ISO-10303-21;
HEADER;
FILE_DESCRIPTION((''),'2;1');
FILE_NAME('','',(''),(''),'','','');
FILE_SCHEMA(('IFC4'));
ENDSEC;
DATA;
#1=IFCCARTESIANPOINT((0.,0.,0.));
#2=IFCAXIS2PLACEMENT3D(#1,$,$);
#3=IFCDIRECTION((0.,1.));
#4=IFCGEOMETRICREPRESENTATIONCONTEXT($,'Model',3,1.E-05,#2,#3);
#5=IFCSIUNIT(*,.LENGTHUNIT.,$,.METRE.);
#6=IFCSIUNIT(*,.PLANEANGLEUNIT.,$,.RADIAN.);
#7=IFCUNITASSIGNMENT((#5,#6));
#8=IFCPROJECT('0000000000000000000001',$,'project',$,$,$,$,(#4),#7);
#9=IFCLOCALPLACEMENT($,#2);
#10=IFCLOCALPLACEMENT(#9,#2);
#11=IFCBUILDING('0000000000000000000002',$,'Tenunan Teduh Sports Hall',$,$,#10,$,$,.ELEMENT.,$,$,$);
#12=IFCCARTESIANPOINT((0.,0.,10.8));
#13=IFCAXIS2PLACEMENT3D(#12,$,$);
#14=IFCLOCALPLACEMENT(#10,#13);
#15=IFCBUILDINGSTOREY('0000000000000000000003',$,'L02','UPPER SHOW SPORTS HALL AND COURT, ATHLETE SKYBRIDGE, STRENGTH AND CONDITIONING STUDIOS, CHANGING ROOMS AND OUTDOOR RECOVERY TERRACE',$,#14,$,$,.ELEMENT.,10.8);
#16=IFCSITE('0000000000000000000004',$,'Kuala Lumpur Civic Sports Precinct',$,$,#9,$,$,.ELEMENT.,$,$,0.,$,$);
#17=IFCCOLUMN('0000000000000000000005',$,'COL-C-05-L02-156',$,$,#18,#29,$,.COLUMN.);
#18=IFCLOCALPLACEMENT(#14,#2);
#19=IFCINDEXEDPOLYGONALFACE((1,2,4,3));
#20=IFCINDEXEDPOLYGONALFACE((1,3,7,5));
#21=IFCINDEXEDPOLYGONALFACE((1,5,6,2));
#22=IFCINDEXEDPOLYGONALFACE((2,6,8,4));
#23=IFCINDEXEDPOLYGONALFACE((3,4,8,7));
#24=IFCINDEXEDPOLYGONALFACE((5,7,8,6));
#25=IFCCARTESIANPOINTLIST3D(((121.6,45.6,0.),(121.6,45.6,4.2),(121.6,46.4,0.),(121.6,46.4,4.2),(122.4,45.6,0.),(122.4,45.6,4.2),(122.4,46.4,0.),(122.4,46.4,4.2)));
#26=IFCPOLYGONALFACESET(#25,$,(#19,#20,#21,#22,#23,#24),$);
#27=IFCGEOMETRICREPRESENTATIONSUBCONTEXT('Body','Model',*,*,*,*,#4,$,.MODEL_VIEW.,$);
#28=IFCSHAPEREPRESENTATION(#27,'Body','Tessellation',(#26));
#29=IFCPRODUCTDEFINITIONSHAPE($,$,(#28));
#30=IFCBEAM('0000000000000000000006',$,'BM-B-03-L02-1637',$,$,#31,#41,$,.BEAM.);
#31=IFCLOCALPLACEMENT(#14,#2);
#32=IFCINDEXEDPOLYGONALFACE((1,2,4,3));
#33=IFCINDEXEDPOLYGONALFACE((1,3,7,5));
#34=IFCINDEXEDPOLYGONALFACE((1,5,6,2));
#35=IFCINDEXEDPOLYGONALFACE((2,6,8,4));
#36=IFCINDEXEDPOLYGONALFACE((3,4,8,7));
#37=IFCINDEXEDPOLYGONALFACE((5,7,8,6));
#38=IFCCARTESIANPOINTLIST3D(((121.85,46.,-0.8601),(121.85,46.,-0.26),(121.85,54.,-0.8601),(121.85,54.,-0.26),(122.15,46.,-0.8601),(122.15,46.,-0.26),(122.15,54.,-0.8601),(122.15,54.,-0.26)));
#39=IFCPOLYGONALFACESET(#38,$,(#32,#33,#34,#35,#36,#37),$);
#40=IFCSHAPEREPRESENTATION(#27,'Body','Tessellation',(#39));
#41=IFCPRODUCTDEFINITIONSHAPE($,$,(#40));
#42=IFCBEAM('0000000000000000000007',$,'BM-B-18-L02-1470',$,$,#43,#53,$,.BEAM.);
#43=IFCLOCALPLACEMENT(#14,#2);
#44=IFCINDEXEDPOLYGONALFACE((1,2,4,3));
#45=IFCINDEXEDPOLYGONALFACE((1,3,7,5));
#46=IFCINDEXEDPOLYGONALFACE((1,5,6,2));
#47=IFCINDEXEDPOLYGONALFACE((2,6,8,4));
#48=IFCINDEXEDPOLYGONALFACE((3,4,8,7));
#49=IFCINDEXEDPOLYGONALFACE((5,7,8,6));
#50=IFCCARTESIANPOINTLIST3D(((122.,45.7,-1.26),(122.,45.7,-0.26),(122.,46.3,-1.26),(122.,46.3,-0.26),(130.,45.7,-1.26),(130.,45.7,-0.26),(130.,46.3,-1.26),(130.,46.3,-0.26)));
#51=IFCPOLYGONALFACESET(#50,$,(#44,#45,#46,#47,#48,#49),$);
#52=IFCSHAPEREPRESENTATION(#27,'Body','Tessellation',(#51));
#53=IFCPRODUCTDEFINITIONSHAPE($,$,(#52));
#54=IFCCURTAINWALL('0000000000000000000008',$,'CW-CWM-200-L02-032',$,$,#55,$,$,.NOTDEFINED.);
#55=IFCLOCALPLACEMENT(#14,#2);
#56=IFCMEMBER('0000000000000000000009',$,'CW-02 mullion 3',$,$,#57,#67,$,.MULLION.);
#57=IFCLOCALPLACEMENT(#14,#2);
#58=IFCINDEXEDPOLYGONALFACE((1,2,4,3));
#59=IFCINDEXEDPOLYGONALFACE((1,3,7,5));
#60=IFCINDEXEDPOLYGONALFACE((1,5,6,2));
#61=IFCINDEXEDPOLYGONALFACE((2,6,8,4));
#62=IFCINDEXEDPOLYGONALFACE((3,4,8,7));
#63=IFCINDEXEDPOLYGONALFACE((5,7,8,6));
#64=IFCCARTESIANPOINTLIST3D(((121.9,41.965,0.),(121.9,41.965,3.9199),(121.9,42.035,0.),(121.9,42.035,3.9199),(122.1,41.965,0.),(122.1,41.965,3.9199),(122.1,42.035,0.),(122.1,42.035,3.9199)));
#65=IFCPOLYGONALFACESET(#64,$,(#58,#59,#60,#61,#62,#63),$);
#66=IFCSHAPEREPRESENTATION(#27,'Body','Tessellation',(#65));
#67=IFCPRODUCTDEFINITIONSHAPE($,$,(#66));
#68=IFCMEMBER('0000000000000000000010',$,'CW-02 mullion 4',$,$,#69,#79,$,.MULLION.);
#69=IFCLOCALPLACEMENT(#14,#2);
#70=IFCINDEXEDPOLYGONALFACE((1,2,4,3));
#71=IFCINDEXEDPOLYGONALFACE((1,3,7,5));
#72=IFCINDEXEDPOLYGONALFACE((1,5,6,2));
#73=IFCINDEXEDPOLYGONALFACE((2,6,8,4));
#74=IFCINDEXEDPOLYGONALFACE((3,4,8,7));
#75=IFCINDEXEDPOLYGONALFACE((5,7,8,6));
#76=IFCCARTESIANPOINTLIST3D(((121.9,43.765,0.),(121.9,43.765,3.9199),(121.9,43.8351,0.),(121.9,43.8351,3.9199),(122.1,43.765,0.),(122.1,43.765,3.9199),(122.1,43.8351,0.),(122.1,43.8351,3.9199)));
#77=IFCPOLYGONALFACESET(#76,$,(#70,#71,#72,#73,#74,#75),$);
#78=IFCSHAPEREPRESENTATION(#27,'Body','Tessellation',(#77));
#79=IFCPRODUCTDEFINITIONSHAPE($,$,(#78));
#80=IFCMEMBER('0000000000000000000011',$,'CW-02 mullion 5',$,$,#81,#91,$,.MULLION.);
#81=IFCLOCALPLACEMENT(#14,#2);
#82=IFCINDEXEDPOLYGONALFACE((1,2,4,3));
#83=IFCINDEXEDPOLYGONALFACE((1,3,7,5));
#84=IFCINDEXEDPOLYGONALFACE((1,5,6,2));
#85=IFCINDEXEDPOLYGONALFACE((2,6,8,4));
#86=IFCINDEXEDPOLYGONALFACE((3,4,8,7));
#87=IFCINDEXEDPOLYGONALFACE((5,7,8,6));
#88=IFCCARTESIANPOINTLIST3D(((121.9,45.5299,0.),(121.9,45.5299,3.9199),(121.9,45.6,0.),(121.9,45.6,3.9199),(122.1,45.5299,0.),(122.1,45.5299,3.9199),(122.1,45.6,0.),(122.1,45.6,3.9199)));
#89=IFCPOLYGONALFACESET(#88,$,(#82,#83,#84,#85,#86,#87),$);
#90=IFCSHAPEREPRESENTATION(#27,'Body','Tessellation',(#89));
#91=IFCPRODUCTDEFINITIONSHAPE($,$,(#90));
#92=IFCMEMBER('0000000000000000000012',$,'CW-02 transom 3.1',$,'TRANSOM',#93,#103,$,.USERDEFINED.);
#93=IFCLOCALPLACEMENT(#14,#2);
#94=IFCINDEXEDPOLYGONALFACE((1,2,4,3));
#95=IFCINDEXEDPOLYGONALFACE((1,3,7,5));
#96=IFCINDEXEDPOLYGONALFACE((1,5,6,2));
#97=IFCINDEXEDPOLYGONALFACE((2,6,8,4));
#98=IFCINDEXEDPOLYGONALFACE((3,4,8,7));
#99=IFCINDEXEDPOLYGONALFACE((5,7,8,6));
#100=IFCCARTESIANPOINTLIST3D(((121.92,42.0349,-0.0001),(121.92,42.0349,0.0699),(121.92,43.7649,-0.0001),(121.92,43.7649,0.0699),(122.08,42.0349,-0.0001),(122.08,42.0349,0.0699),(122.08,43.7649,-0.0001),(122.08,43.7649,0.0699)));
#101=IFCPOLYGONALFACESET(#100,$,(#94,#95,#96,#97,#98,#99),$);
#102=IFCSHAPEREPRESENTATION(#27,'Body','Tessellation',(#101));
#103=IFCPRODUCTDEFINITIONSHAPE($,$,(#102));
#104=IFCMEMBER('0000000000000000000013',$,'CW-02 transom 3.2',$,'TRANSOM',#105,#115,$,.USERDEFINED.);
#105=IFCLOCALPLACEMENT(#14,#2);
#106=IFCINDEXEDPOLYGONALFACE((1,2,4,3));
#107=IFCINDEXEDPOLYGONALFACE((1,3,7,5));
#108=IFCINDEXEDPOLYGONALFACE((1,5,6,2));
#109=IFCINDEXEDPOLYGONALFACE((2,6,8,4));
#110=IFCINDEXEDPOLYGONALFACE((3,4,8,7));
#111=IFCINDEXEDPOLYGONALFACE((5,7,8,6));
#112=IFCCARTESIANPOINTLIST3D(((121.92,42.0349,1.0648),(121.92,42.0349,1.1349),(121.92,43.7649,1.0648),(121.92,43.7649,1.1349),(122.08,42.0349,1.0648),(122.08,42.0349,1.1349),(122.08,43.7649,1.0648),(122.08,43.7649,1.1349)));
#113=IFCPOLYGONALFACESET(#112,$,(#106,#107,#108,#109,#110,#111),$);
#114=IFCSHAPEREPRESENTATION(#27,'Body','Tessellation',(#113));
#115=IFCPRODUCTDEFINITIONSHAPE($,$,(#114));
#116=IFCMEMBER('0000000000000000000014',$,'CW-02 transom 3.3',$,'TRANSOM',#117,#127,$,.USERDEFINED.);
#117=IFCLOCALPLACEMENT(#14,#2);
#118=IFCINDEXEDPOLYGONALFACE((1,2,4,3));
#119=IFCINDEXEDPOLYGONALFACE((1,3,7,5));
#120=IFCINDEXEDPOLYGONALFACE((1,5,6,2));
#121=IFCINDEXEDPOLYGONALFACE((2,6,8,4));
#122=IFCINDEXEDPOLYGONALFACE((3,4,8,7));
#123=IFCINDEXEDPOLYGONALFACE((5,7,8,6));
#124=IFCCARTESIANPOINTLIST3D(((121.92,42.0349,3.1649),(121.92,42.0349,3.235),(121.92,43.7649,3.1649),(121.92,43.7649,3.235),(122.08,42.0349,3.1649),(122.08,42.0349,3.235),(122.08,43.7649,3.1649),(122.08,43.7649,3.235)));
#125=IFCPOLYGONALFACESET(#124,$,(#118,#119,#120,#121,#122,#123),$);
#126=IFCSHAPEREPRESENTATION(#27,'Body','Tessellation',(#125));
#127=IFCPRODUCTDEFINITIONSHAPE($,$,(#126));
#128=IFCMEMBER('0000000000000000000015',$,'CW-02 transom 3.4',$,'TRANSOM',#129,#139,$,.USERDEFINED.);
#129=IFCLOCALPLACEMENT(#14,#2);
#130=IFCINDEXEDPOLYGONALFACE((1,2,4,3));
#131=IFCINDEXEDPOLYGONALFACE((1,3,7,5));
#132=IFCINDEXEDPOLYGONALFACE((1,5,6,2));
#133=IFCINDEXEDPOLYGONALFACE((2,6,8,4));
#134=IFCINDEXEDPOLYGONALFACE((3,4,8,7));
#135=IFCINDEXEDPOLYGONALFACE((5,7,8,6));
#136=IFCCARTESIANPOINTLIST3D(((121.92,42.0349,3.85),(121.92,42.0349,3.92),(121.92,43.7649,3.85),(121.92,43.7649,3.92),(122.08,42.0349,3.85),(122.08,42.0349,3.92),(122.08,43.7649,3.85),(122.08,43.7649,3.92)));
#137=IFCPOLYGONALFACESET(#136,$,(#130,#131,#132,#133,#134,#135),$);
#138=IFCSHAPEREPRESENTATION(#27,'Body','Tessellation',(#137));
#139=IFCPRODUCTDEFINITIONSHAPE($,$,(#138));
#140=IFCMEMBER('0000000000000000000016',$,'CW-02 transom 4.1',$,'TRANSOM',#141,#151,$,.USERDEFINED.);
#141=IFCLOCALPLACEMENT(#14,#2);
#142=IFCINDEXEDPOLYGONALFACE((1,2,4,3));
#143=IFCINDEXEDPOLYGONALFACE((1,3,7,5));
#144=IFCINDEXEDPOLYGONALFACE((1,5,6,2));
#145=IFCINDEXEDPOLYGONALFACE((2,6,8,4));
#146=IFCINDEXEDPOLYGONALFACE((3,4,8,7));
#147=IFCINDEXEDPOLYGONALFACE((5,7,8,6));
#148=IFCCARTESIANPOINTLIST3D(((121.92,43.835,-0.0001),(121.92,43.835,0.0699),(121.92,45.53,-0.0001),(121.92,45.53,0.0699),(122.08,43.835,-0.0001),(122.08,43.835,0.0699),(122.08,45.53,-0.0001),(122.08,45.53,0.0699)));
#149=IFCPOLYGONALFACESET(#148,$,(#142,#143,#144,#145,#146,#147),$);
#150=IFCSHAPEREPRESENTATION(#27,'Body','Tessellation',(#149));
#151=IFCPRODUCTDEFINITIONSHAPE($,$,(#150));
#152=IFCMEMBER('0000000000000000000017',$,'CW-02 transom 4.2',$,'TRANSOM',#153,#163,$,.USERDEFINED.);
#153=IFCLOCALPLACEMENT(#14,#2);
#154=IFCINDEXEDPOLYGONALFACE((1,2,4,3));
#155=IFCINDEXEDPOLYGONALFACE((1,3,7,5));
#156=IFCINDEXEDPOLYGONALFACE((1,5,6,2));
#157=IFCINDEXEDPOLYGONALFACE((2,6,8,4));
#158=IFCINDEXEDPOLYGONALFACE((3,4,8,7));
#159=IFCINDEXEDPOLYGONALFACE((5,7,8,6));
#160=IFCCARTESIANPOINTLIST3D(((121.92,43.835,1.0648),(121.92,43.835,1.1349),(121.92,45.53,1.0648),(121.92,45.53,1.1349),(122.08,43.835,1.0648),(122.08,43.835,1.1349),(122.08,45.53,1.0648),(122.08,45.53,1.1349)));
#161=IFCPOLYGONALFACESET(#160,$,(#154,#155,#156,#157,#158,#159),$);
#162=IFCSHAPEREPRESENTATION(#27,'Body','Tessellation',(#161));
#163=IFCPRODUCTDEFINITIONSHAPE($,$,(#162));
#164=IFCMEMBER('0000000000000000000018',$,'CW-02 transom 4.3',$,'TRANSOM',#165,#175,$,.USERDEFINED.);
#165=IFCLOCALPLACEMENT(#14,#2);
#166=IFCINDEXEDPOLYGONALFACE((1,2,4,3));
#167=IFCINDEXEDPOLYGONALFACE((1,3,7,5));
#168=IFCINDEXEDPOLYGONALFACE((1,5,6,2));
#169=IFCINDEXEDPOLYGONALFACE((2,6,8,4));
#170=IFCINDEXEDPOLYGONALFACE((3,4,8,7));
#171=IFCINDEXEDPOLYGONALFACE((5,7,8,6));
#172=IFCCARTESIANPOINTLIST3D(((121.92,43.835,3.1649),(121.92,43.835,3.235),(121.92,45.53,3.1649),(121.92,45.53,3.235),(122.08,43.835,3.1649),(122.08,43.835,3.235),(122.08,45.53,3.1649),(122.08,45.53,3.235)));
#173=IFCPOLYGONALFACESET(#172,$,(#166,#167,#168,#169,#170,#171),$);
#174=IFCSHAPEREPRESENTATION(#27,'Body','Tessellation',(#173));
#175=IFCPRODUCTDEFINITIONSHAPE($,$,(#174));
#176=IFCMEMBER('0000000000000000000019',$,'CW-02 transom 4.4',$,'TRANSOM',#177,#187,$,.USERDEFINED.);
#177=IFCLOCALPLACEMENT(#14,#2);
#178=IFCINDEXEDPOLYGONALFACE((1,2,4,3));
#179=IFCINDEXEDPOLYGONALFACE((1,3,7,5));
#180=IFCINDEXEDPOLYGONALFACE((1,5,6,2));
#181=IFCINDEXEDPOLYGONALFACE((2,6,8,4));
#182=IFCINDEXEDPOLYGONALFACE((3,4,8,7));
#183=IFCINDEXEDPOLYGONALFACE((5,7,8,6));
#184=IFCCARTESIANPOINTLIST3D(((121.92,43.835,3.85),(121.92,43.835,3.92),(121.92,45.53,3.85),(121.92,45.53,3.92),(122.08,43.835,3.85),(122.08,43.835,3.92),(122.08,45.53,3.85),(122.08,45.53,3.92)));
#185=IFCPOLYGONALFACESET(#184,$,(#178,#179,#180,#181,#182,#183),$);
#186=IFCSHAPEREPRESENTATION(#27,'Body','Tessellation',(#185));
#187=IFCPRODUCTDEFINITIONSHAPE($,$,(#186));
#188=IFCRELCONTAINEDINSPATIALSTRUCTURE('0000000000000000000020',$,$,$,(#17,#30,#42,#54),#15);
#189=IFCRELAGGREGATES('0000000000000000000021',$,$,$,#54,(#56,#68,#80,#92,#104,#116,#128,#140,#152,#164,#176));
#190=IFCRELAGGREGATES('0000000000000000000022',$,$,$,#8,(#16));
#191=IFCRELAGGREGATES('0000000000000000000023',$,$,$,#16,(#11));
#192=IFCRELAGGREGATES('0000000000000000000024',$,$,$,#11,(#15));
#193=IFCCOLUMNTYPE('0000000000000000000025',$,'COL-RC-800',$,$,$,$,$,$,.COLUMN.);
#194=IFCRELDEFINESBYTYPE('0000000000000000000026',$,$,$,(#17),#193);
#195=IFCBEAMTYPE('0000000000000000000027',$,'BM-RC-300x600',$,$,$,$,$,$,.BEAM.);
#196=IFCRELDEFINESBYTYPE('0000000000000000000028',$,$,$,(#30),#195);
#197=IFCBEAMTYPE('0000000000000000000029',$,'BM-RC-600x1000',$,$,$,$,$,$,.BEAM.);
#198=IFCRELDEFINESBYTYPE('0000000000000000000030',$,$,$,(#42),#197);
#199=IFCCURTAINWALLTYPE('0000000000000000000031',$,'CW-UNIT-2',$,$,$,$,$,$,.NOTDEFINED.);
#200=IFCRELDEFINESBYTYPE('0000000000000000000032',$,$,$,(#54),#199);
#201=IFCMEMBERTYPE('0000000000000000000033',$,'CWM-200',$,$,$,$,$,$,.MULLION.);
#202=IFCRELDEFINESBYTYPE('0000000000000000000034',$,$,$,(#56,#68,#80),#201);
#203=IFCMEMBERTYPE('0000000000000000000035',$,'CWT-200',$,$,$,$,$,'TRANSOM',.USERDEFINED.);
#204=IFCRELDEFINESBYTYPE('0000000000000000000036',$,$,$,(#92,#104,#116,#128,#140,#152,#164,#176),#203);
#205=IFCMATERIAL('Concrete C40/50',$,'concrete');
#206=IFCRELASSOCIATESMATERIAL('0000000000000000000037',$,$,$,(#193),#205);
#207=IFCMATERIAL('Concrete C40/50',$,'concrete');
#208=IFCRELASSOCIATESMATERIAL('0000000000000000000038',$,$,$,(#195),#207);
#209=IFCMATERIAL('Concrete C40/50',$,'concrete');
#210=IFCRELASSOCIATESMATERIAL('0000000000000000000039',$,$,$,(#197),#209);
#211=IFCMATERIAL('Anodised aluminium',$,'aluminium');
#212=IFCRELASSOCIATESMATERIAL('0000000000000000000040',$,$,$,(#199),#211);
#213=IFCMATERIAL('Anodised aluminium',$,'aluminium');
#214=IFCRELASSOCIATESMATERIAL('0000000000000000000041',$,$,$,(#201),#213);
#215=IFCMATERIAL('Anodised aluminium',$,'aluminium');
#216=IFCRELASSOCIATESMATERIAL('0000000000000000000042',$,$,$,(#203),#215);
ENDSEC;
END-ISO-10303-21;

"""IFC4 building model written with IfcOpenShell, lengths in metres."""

from ifc_helpers import new_model, si_unit, direction, frame, origin, origin_2d, place, context, subcontext, project, spatial, rectangle, extrude, material, material_profile, profile_set, type_object, element, aggregate, save


model = new_model("IFC4")

# Units and contexts
model_context = context("Model", 3, precision=1e-05, world=origin(), true_north=direction((0.0, 1.0)))
body_context = subcontext(model_context, "Body", "Model", "MODEL_VIEW")
ifc_project = project(units=[si_unit("LENGTHUNIT", "METRE"), si_unit("PLANEANGLEUNIT", "RADIAN")], contexts=[model_context])

# Site, building, storey
site_placement = place(None, origin())
site = spatial("IfcSite", under=ifc_project, at=site_placement, Name="Kuala Lumpur Civic Sports Precinct", CompositionType="ELEMENT", RefElevation=0.0)
building_placement = place(site_placement, origin())
building = spatial("IfcBuilding", under=site, at=building_placement, Name="Tenunan Teduh Sports Hall", CompositionType="ELEMENT")
storey_placement = place(building_placement, frame((0.0, 0.0, 10.8)))
storey = spatial("IfcBuildingStorey", under=building, at=storey_placement, Name="L02", Description="UPPER SHOW SPORTS HALL AND COURT, ATHLETE SKYBRIDGE, STRENGTH AND CONDITIONING STUDIOS, CHANGING ROOMS AND OUTDOOR RECOVERY TERRACE", CompositionType="ELEMENT", Elevation=10.8)

# Column
ifc_material_1 = material(Name="Concrete C40/50", Category="concrete")
ifc_material_profile_1 = material_profile(ifc_material_1, rectangle(XDim=0.8, YDim=0.8, at=origin_2d()), Name="RC 800x800")
ifc_profile_set_1 = profile_set([ifc_material_profile_1], Name="Concrete C40/50")
column_type = type_object("IfcColumnType", Name="COL-RC-800", PredefinedType="COLUMN", material=ifc_profile_set_1)
column_placement = place(storey_placement, frame((122.0, 46.0, 0.0), z_axis=(0.0, 0.0, 1.0), x_axis=(1.0, 0.0, 0.0)))
element("IfcColumn", 1, at=column_placement, inside=storey, type_object=column_type, Name="COL-C-05-L02-156", PredefinedType="COLUMN", context=body_context, shape_type="SweptSolid", body=[
    extrude(rectangle(XDim=0.8, YDim=0.8, at=origin_2d()), origin(), (0.0, 0.0, 1.0), 4.2),
])

# Beams
ifc_material_2 = material(Name="Concrete C40/50", Category="concrete")
ifc_material_profile_2 = material_profile(ifc_material_2, rectangle(XDim=0.3, YDim=0.6001, at=origin_2d()), Name="RCB 300x600")
ifc_profile_set_2 = profile_set([ifc_material_profile_2], Name="Concrete C40/50")
beam_type_1 = type_object("IfcBeamType", Name="BM-RC-300x600", PredefinedType="BEAM", material=ifc_profile_set_2)
beam_1_placement = place(storey_placement, frame((122.0, 46.0, -0.5601), z_axis=(0.0, 1.0, 0.0), x_axis=(-1.0, 0.0, 0.0)))
element("IfcBeam", 2, at=beam_1_placement, inside=storey, type_object=beam_type_1, Name="BM-B-03-L02-1637", PredefinedType="BEAM", context=body_context, shape_type="SweptSolid", body=[
    extrude(rectangle(XDim=0.3, YDim=0.6001, at=origin_2d()), origin(), (0.0, 0.0, 1.0), 8.0),
])
ifc_material_3 = material(Name="Concrete C40/50", Category="concrete")
ifc_material_profile_3 = material_profile(ifc_material_3, rectangle(XDim=0.6001, YDim=1.0, at=origin_2d()), Name="RCB 600x1000")
ifc_profile_set_3 = profile_set([ifc_material_profile_3], Name="Concrete C40/50")
beam_type_2 = type_object("IfcBeamType", Name="BM-RC-600x1000", PredefinedType="BEAM", material=ifc_profile_set_3)
beam_2_placement = place(storey_placement, frame((122.0, 46.0, -0.76), z_axis=(1.0, 0.0, 0.0), x_axis=(0.0, 1.0, 0.0)))
element("IfcBeam", 3, at=beam_2_placement, inside=storey, type_object=beam_type_2, Name="BM-B-18-L02-1470", PredefinedType="BEAM", context=body_context, shape_type="SweptSolid", body=[
    extrude(rectangle(XDim=0.6001, YDim=1.0, at=origin_2d()), origin(), (0.0, 0.0, 1.0), 8.0),
])

# Curtain wall, members
ifc_material_4 = material(Name="Anodised aluminium", Category="aluminium")
curtain_wall_type = type_object("IfcCurtainWallType", Name="CW-UNIT-2", PredefinedType="NOTDEFINED", material=ifc_material_4)
curtain_wall_placement = place(storey_placement, origin())
curtain_wall = element("IfcCurtainWall", 4, at=curtain_wall_placement, inside=storey, type_object=curtain_wall_type, Name="CW-CWM-200-L02-032", PredefinedType="NOTDEFINED")
ifc_material_5 = material(Name="Anodised aluminium", Category="aluminium")
ifc_material_profile_4 = material_profile(ifc_material_5, rectangle(XDim=0.0701, YDim=0.2, at=origin_2d()), Name="CWM 70x200")
ifc_profile_set_4 = profile_set([ifc_material_profile_4], Name="Anodised aluminium")
member_type_1 = type_object("IfcMemberType", Name="CWM-200", PredefinedType="MULLION", material=ifc_profile_set_4)
member_1_placement = place(storey_placement, frame((122.0, 42.0, 0.0), z_axis=(0.0, 0.0, 1.0), x_axis=(0.0, 1.0, 0.0)))
member_1 = element("IfcMember", 5, at=member_1_placement, type_object=member_type_1, Name="CW-02 mullion 3", PredefinedType="MULLION", context=body_context, shape_type="SweptSolid", body=[
    extrude(rectangle(XDim=0.0701, YDim=0.2, at=origin_2d()), origin(), (0.0, 0.0, 1.0), 3.9199),
])
member_2_placement = place(storey_placement, frame((122.0, 43.8, 0.0), z_axis=(0.0, 0.0, 1.0), x_axis=(0.0, 1.0, 0.0)))
member_2 = element("IfcMember", 6, at=member_2_placement, type_object=member_type_1, Name="CW-02 mullion 4", PredefinedType="MULLION", context=body_context, shape_type="SweptSolid", body=[
    extrude(rectangle(XDim=0.0701, YDim=0.2, at=origin_2d()), origin(), (0.0, 0.0, 1.0), 3.9199),
])
member_3_placement = place(storey_placement, frame((122.0, 45.5649, 0.0), z_axis=(0.0, 0.0, 1.0), x_axis=(0.0, 1.0, 0.0)))
member_3 = element("IfcMember", 7, at=member_3_placement, type_object=member_type_1, Name="CW-02 mullion 5", PredefinedType="MULLION", context=body_context, shape_type="SweptSolid", body=[
    extrude(rectangle(XDim=0.0701, YDim=0.2, at=origin_2d()), origin(), (0.0, 0.0, 1.0), 3.9199),
])
ifc_material_6 = material(Name="Anodised aluminium", Category="aluminium")
ifc_material_profile_5 = material_profile(ifc_material_6, rectangle(XDim=0.0701, YDim=0.1599, at=origin_2d()), Name="CWT 70x160")
ifc_profile_set_5 = profile_set([ifc_material_profile_5], Name="Anodised aluminium")
member_type_2 = type_object("IfcMemberType", Name="CWT-200", ElementType="TRANSOM", PredefinedType="USERDEFINED", material=ifc_profile_set_5)
member_4_placement = place(storey_placement, frame((122.0, 42.0349, 0.0349), z_axis=(0.0, 1.0, 0.0), x_axis=(0.0, 0.0, 1.0)))
member_4 = element("IfcMember", 8, at=member_4_placement, type_object=member_type_2, Name="CW-02 transom 3.1", ObjectType="TRANSOM", PredefinedType="USERDEFINED", context=body_context, shape_type="SweptSolid", body=[
    extrude(rectangle(XDim=0.0701, YDim=0.1599, at=origin_2d()), origin(), (0.0, 0.0, 1.0), 1.73),
])
member_5_placement = place(storey_placement, frame((122.0, 42.0349, 1.0999), z_axis=(0.0, 1.0, 0.0), x_axis=(0.0, 0.0, 1.0)))
member_5 = element("IfcMember", 9, at=member_5_placement, type_object=member_type_2, Name="CW-02 transom 3.2", ObjectType="TRANSOM", PredefinedType="USERDEFINED", context=body_context, shape_type="SweptSolid", body=[
    extrude(rectangle(XDim=0.0701, YDim=0.1599, at=origin_2d()), origin(), (0.0, 0.0, 1.0), 1.73),
])
member_6_placement = place(storey_placement, frame((122.0, 42.0349, 3.2), z_axis=(0.0, 1.0, 0.0), x_axis=(0.0, 0.0, 1.0)))
member_6 = element("IfcMember", 10, at=member_6_placement, type_object=member_type_2, Name="CW-02 transom 3.3", ObjectType="TRANSOM", PredefinedType="USERDEFINED", context=body_context, shape_type="SweptSolid", body=[
    extrude(rectangle(XDim=0.0701, YDim=0.1599, at=origin_2d()), origin(), (0.0, 0.0, 1.0), 1.73),
])
member_7_placement = place(storey_placement, frame((122.0, 42.0349, 3.885), z_axis=(0.0, 1.0, 0.0), x_axis=(0.0, 0.0, 1.0)))
member_7 = element("IfcMember", 11, at=member_7_placement, type_object=member_type_2, Name="CW-02 transom 3.4", ObjectType="TRANSOM", PredefinedType="USERDEFINED", context=body_context, shape_type="SweptSolid", body=[
    extrude(rectangle(XDim=0.0701, YDim=0.1599, at=origin_2d()), origin(), (0.0, 0.0, 1.0), 1.73),
])
member_8_placement = place(storey_placement, frame((122.0, 43.835, 0.0349), z_axis=(0.0, 1.0, 0.0), x_axis=(0.0, 0.0, 1.0)))
member_8 = element("IfcMember", 12, at=member_8_placement, type_object=member_type_2, Name="CW-02 transom 4.1", ObjectType="TRANSOM", PredefinedType="USERDEFINED", context=body_context, shape_type="SweptSolid", body=[
    extrude(rectangle(XDim=0.0701, YDim=0.1599, at=origin_2d()), origin(), (0.0, 0.0, 1.0), 1.6951),
])
member_9_placement = place(storey_placement, frame((122.0, 43.835, 1.0999), z_axis=(0.0, 1.0, 0.0), x_axis=(0.0, 0.0, 1.0)))
member_9 = element("IfcMember", 13, at=member_9_placement, type_object=member_type_2, Name="CW-02 transom 4.2", ObjectType="TRANSOM", PredefinedType="USERDEFINED", context=body_context, shape_type="SweptSolid", body=[
    extrude(rectangle(XDim=0.0701, YDim=0.1599, at=origin_2d()), origin(), (0.0, 0.0, 1.0), 1.6951),
])
member_10_placement = place(storey_placement, frame((122.0, 43.835, 3.2), z_axis=(0.0, 1.0, 0.0), x_axis=(0.0, 0.0, 1.0)))
member_10 = element("IfcMember", 14, at=member_10_placement, type_object=member_type_2, Name="CW-02 transom 4.3", ObjectType="TRANSOM", PredefinedType="USERDEFINED", context=body_context, shape_type="SweptSolid", body=[
    extrude(rectangle(XDim=0.0701, YDim=0.1599, at=origin_2d()), origin(), (0.0, 0.0, 1.0), 1.6951),
])
member_11_placement = place(storey_placement, frame((122.0, 43.835, 3.885), z_axis=(0.0, 1.0, 0.0), x_axis=(0.0, 0.0, 1.0)))
member_11 = element("IfcMember", 15, at=member_11_placement, type_object=member_type_2, Name="CW-02 transom 4.4", ObjectType="TRANSOM", PredefinedType="USERDEFINED", context=body_context, shape_type="SweptSolid", body=[
    extrude(rectangle(XDim=0.0701, YDim=0.1599, at=origin_2d()), origin(), (0.0, 0.0, 1.0), 1.6951),
])
aggregate(curtain_wall, [member_1, member_2, member_3, member_4, member_5, member_6, member_7, member_8, member_9, member_10, member_11])

save(model, "model.ifc")
